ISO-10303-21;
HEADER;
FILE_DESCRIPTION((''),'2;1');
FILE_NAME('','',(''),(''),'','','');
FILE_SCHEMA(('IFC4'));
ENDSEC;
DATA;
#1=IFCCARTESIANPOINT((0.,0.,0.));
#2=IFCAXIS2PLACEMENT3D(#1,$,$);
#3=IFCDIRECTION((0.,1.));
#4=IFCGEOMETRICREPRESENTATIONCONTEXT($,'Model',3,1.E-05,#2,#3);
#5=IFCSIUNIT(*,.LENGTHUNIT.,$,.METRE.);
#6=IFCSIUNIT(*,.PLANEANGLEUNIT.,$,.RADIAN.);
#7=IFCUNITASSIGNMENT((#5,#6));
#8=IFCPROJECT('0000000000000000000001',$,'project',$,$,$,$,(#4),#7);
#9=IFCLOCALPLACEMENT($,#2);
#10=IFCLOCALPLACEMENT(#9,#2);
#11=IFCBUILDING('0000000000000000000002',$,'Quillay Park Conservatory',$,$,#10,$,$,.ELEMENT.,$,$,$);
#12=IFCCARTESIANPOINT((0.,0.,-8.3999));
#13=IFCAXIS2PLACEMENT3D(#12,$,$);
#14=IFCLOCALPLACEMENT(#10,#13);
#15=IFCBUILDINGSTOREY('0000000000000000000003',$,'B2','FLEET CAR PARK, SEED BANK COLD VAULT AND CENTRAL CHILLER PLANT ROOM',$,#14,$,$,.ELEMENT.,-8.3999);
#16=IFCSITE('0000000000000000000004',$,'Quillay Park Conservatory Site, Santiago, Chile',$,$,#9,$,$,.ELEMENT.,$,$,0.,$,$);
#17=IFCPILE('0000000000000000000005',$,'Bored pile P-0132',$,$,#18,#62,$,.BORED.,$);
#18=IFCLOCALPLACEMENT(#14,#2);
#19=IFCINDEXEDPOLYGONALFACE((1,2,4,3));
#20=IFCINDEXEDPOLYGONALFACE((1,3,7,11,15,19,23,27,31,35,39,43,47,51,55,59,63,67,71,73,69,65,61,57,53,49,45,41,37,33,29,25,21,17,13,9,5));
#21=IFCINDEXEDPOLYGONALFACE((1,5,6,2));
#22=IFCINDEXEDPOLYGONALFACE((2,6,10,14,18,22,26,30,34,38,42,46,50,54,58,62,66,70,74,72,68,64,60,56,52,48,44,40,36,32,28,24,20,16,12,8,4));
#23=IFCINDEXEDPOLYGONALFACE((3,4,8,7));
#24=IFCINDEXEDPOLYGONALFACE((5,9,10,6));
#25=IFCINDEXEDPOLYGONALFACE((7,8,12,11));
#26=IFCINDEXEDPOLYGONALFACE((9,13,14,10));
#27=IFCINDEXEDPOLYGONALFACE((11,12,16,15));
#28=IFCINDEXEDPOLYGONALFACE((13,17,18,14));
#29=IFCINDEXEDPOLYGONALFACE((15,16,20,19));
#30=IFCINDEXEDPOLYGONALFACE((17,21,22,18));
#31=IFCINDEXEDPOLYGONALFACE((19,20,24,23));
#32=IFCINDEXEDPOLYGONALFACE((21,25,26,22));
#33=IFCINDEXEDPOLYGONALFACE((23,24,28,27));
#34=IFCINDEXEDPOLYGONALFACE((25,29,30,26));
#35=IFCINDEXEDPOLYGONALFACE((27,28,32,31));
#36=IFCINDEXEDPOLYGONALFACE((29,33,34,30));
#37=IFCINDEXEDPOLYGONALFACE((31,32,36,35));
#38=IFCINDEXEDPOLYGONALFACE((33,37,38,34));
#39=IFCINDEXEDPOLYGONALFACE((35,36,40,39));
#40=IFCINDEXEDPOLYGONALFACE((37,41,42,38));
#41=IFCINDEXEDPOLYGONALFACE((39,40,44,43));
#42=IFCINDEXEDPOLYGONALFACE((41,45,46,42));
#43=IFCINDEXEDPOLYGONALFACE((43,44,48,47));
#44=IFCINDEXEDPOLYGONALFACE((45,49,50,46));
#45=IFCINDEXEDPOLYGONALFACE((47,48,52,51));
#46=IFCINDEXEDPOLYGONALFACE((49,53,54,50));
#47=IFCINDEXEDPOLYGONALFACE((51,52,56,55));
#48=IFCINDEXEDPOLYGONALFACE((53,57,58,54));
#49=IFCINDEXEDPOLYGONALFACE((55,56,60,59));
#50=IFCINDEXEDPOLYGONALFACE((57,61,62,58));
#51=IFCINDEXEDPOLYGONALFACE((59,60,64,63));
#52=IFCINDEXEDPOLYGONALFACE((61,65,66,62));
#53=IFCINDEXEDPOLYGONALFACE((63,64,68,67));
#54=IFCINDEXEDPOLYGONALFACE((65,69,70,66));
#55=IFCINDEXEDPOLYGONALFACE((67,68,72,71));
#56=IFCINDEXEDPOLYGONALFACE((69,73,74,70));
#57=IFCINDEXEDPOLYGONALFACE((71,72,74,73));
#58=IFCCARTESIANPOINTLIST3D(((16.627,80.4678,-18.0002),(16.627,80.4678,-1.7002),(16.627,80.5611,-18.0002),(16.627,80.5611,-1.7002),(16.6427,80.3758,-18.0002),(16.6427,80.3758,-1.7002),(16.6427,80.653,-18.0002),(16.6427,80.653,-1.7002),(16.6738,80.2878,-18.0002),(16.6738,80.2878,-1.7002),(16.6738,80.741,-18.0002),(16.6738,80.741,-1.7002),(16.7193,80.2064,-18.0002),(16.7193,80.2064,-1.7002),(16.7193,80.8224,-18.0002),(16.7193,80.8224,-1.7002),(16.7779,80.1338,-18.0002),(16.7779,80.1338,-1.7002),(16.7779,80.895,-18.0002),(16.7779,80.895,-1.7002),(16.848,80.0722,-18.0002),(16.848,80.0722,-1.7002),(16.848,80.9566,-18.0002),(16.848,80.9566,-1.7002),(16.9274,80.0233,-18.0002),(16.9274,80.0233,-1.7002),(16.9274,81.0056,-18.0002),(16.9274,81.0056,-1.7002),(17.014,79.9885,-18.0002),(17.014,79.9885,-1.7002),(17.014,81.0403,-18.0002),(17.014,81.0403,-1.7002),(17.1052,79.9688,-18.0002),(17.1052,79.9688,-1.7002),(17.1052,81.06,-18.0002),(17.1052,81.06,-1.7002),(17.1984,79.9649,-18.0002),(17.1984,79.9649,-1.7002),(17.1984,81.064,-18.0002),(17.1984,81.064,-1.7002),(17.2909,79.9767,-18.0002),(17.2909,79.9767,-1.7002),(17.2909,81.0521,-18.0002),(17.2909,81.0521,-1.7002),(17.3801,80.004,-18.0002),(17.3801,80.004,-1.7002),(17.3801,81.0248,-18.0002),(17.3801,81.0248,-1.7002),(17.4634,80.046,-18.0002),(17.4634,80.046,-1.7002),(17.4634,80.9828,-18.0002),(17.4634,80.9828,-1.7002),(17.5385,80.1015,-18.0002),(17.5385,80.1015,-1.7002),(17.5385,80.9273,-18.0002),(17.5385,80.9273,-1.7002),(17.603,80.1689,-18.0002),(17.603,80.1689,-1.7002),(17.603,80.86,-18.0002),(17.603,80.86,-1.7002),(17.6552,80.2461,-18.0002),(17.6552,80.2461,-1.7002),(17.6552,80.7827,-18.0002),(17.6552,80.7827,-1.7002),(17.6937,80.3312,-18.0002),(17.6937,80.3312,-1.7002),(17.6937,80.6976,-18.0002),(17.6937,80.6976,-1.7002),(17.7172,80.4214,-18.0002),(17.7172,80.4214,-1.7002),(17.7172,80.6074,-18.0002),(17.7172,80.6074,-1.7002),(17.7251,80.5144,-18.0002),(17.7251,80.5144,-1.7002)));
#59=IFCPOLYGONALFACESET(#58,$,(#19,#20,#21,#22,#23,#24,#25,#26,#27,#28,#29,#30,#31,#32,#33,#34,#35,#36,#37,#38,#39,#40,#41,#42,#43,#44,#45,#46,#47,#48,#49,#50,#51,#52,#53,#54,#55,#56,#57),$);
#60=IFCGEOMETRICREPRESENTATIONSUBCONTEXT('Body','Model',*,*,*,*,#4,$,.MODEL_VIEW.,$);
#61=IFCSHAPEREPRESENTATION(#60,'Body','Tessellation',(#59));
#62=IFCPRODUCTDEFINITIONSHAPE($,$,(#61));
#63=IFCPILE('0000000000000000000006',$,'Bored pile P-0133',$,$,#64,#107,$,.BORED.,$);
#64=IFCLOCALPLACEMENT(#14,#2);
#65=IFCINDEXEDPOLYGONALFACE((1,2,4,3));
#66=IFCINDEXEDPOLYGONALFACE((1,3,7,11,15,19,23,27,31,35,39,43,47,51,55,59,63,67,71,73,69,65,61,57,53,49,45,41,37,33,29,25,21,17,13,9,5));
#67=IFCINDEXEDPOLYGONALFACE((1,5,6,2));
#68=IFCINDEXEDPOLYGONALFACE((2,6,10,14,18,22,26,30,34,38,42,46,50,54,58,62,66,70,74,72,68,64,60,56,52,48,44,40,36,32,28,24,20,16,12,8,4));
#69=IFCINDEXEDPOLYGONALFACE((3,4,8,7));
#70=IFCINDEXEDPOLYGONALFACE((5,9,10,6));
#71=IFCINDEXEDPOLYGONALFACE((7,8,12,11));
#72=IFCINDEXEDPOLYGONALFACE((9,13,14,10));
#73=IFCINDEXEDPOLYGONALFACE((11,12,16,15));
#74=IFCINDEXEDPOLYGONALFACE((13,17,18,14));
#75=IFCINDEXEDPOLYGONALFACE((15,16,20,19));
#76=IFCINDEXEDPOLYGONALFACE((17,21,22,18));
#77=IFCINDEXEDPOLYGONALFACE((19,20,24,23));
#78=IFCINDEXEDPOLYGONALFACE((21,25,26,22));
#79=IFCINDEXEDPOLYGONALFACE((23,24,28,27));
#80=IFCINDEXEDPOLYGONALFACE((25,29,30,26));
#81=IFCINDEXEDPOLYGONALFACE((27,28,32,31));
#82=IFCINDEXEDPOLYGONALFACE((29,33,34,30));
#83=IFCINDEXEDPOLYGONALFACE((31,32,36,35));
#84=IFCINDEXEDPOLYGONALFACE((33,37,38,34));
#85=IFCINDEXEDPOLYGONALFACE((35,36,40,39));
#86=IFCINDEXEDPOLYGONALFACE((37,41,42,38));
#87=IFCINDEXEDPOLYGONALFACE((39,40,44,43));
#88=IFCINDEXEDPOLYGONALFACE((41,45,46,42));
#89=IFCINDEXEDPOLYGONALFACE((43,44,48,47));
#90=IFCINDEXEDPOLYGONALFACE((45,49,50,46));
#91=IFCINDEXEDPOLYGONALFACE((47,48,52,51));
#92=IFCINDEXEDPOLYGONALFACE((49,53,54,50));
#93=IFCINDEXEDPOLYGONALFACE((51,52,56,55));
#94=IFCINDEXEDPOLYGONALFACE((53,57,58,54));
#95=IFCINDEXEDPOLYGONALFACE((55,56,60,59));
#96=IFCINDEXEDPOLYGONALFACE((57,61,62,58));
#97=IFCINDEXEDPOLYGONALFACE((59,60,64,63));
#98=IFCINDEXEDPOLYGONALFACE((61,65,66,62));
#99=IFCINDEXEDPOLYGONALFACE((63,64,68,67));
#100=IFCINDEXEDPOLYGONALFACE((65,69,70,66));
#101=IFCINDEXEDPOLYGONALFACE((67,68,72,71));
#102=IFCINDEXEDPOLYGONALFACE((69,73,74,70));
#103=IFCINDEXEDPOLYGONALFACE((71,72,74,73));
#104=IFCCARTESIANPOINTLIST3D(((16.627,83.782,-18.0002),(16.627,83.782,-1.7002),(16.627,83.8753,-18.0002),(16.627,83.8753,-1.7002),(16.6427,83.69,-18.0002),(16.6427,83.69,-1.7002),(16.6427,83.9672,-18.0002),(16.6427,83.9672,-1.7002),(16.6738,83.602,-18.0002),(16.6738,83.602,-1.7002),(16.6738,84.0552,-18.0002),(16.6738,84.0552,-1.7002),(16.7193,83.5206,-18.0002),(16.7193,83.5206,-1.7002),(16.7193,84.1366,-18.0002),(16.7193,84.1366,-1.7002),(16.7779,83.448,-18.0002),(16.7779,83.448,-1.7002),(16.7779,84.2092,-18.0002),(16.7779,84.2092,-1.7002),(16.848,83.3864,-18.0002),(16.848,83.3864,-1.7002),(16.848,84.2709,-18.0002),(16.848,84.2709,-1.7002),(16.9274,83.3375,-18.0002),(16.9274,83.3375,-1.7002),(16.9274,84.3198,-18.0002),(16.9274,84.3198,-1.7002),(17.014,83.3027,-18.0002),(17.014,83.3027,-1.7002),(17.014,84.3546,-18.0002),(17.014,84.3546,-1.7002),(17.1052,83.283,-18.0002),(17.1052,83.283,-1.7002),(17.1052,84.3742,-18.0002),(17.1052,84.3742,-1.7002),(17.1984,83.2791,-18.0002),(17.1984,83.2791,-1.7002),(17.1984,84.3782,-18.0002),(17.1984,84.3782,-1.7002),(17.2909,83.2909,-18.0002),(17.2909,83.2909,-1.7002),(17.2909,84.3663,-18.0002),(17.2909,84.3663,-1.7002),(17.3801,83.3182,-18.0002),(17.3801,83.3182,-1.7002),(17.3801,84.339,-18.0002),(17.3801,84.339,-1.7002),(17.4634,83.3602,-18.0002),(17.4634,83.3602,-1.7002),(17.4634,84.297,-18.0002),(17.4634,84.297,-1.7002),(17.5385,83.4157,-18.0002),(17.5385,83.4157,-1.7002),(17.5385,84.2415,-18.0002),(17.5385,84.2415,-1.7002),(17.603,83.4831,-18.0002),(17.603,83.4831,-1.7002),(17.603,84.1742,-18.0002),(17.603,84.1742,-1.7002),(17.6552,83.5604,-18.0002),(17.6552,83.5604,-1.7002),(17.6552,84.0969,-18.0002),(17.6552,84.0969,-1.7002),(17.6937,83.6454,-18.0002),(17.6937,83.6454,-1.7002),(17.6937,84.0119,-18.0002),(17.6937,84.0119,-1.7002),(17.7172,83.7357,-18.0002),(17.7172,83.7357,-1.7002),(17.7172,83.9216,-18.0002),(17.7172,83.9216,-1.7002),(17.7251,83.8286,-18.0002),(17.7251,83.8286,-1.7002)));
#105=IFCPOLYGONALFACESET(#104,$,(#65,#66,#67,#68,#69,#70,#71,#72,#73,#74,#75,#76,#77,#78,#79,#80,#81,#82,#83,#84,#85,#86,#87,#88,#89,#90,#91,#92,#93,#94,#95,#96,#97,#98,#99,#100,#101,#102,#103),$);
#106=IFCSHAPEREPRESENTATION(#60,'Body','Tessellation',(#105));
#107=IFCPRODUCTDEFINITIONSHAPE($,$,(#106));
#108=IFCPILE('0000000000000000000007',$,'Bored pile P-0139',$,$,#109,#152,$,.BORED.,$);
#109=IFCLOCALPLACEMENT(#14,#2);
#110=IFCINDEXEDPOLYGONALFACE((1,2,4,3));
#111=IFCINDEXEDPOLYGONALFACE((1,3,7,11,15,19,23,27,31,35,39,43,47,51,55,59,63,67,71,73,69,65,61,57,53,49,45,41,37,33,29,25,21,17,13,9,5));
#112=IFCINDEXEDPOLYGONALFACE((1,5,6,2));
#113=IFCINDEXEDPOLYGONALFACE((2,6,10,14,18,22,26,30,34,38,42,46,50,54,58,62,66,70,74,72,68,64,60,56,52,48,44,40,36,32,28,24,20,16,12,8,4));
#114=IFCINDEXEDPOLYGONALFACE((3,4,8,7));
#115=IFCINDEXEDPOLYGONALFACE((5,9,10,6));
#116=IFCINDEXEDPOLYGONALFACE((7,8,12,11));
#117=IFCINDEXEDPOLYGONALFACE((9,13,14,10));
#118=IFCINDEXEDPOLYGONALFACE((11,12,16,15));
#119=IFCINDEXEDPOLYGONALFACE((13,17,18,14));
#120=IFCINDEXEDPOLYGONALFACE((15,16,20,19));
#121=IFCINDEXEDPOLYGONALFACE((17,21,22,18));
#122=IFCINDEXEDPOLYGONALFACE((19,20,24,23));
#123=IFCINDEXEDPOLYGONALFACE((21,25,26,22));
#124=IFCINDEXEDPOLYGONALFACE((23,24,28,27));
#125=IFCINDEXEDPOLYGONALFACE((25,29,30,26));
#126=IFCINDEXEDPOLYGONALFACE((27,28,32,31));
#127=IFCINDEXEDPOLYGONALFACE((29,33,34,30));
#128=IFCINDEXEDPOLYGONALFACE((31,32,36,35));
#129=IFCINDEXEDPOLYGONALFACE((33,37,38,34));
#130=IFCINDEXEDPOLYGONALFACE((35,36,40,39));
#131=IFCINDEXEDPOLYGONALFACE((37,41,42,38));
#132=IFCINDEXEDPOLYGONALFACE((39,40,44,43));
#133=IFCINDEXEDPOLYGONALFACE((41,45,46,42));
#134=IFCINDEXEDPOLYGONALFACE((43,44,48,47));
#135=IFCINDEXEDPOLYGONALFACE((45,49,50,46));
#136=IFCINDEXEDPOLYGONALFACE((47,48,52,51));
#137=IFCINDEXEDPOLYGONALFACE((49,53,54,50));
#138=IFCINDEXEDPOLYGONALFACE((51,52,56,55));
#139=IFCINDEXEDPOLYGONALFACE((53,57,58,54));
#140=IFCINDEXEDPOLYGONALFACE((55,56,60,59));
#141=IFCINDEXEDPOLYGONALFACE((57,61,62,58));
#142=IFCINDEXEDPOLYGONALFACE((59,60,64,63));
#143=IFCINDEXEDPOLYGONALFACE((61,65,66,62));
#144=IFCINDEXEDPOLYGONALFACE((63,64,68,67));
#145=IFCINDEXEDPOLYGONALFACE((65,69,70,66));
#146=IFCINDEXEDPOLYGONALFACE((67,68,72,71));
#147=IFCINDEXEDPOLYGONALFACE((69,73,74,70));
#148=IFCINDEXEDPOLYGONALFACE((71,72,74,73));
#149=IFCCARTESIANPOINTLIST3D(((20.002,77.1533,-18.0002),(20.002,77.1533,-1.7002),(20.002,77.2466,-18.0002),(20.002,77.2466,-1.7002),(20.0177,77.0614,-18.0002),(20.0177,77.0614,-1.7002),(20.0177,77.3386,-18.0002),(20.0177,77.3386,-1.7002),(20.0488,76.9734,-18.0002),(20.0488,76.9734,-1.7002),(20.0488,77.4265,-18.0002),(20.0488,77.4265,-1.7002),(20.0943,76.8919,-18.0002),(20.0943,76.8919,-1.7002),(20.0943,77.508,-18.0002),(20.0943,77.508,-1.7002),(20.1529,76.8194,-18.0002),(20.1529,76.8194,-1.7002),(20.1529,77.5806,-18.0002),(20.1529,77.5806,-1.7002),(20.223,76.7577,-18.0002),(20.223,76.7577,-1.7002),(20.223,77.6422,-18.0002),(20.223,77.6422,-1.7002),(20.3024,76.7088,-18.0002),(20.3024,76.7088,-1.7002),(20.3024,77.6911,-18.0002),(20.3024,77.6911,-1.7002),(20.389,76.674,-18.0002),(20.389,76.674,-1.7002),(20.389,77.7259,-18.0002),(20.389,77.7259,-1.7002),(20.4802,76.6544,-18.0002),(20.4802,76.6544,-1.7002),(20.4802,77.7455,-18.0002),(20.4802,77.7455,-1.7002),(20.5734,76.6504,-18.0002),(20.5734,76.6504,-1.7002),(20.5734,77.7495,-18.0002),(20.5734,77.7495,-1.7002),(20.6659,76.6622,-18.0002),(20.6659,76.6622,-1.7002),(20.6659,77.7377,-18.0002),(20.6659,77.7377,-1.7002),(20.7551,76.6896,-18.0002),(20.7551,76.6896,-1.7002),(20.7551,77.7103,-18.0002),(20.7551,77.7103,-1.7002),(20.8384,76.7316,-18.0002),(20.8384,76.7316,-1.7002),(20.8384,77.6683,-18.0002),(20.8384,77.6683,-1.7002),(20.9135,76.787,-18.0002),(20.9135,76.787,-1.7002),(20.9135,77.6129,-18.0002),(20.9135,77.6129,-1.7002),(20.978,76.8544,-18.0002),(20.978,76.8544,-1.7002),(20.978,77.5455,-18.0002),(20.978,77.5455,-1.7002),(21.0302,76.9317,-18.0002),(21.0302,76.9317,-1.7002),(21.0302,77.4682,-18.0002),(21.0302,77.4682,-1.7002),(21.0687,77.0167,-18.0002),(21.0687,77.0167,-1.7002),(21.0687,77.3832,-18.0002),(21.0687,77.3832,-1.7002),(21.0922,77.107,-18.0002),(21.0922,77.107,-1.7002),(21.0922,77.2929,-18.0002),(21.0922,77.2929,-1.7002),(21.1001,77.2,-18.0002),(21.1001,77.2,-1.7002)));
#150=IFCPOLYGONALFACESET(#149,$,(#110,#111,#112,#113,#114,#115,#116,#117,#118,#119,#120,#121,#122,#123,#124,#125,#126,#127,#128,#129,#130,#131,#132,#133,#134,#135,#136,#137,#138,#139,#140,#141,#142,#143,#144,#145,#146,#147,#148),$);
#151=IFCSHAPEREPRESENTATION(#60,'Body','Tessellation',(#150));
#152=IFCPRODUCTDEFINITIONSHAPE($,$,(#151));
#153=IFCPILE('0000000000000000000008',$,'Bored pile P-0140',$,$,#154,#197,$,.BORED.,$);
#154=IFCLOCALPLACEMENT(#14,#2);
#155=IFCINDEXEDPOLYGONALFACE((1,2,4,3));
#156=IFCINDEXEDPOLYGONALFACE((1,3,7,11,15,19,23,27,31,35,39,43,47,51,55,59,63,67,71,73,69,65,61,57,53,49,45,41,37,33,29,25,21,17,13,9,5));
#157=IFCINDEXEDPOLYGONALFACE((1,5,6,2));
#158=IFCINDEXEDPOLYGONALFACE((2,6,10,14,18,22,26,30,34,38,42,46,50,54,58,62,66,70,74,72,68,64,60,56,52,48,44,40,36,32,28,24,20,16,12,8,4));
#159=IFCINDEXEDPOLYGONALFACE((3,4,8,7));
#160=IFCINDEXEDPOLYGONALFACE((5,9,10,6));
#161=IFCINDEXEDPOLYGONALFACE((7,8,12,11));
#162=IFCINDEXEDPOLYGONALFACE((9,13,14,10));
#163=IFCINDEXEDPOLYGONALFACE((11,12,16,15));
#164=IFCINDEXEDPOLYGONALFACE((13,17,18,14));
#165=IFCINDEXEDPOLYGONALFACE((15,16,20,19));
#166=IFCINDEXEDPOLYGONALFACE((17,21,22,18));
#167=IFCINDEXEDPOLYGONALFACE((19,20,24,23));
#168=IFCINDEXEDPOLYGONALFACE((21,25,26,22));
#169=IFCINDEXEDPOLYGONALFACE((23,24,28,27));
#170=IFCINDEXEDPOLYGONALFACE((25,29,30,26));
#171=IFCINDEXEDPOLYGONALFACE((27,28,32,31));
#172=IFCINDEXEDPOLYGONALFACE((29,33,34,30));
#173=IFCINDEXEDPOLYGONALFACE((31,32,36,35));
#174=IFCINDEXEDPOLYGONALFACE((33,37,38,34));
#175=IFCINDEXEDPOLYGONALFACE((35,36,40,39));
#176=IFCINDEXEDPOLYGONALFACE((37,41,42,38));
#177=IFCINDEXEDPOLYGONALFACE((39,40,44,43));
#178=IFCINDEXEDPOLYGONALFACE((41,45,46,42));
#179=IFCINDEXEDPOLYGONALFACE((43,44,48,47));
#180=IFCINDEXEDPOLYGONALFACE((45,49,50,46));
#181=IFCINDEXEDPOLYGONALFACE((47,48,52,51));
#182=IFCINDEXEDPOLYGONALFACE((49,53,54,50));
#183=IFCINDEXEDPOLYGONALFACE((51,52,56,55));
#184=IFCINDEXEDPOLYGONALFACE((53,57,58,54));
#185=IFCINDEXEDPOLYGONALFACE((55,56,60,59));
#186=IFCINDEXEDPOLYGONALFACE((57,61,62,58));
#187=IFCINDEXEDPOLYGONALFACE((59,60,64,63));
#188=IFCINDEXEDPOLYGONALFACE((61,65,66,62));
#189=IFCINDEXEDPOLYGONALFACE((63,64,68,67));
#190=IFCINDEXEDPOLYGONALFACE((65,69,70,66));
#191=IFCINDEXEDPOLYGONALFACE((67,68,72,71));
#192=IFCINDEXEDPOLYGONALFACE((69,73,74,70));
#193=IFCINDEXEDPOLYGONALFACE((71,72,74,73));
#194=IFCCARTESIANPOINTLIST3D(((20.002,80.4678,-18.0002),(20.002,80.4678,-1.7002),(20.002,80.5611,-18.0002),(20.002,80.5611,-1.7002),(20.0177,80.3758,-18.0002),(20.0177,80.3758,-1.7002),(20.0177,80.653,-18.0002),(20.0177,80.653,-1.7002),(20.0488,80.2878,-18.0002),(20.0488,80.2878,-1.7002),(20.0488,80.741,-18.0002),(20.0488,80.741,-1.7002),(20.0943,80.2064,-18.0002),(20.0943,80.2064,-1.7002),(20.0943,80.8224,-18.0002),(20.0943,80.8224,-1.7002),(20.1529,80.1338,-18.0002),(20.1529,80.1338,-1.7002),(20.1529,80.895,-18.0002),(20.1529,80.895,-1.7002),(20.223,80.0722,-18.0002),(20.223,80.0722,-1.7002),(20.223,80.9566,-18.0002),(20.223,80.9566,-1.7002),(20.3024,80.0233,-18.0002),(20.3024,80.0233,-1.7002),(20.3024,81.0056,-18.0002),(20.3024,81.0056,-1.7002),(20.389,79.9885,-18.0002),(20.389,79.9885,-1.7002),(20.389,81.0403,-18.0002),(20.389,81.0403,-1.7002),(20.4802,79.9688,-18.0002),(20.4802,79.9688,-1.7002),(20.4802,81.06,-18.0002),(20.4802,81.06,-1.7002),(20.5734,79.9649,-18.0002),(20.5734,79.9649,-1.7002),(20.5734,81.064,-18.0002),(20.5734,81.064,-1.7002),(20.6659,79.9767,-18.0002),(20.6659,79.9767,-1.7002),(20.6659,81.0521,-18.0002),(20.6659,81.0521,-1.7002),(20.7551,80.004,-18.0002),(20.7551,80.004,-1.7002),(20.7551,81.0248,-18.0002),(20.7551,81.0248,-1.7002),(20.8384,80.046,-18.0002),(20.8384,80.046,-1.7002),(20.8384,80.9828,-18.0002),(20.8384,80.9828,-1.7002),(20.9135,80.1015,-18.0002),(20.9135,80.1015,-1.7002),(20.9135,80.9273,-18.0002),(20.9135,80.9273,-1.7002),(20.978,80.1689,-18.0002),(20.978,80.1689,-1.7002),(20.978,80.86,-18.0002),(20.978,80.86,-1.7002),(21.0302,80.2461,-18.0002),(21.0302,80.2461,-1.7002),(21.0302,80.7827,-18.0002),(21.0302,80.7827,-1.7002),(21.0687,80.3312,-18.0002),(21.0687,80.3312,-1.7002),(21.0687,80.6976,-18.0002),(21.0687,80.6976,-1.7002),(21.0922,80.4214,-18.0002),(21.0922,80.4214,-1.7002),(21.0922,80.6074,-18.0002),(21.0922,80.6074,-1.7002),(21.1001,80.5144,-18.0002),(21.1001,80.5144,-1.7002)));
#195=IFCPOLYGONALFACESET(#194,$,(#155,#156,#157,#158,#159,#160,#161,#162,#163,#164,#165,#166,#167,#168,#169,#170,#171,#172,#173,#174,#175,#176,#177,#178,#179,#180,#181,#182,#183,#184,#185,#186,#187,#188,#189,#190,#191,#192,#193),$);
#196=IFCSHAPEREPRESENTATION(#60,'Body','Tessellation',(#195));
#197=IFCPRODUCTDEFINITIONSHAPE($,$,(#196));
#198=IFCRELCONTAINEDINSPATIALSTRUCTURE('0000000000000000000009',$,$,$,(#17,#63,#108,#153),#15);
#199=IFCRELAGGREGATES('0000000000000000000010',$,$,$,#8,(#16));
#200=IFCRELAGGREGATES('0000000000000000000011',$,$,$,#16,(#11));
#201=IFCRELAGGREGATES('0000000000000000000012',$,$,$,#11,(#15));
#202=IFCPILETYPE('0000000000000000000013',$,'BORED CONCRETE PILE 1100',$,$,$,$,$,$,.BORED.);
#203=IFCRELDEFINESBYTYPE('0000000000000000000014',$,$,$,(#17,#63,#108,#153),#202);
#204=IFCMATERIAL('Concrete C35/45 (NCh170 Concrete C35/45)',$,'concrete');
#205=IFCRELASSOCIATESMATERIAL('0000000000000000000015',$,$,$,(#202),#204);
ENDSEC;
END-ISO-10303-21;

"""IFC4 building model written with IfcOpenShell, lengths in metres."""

from ifc_helpers import new_model, si_unit, direction, frame, origin, origin_2d, place, context, subcontext, project, spatial, circle, extrude, material, material_profile, profile_set, type_object, element, save


model = new_model("IFC4")

# Units and contexts
model_context = context("Model", 3, precision=1e-05, world=origin(), true_north=direction((0.0, 1.0)))
body_context = subcontext(model_context, "Body", "Model", "MODEL_VIEW")
ifc_project = project(units=[si_unit("LENGTHUNIT", "METRE"), si_unit("PLANEANGLEUNIT", "RADIAN")], contexts=[model_context])

# Site, building, storey
site_placement = place(None, origin())
site = spatial("IfcSite", under=ifc_project, at=site_placement, Name="Quillay Park Conservatory Site, Santiago, Chile", CompositionType="ELEMENT", RefElevation=0.0)
building_placement = place(site_placement, origin())
building = spatial("IfcBuilding", under=site, at=building_placement, Name="Quillay Park Conservatory", CompositionType="ELEMENT")
storey_placement = place(building_placement, frame((0.0, 0.0, -8.3999)))
storey = spatial("IfcBuildingStorey", under=building, at=storey_placement, Name="B2", Description="FLEET CAR PARK, SEED BANK COLD VAULT AND CENTRAL CHILLER PLANT ROOM", CompositionType="ELEMENT", Elevation=-8.3999)

# Piles
ifc_material_1 = material(Name="Concrete C35/45 (NCh170 Concrete C35/45)", Category="concrete")
ifc_material_profile_1 = material_profile(ifc_material_1, circle(Radius=0.55, at=origin_2d()), Name="PILE1100")
ifc_profile_set_1 = profile_set([ifc_material_profile_1], Name="Concrete C35/45 (NCh170 Concrete C35/45)")
pile_type = type_object("IfcPileType", Name="BORED CONCRETE PILE 1100", PredefinedType="BORED", material=ifc_profile_set_1)
for number, where, z_axis, x_axis, name in (
    (1, (17.175, 80.5144, -1.7002), (0.0, 0.0, -1.0), (1.0, 0.0, 0.0), "Bored pile P-0132"),
    (2, (17.175, 83.8286, -1.7002), (0.0, 0.0, -1.0), (1.0, 0.0, 0.0), "Bored pile P-0133"),
    (3, (20.55, 77.2, -1.7002), (0.0, 0.0, -1.0), (1.0, 0.0, 0.0), "Bored pile P-0139"),
    (4, (20.55, 80.5144, -1.7002), (0.0, 0.0, -1.0), (1.0, 0.0, 0.0), "Bored pile P-0140"),
):
    element("IfcPile", number, at=place(storey_placement, frame(where, z_axis=z_axis, x_axis=x_axis)), inside=storey, type_object=pile_type, Name=name, PredefinedType="BORED", context=body_context, shape_type="SweptSolid", body=[
        extrude(circle(Radius=0.55, at=origin_2d()), origin(), (0.0, 0.0, 1.0), 16.3),
    ])

save(model, "model.ifc")
